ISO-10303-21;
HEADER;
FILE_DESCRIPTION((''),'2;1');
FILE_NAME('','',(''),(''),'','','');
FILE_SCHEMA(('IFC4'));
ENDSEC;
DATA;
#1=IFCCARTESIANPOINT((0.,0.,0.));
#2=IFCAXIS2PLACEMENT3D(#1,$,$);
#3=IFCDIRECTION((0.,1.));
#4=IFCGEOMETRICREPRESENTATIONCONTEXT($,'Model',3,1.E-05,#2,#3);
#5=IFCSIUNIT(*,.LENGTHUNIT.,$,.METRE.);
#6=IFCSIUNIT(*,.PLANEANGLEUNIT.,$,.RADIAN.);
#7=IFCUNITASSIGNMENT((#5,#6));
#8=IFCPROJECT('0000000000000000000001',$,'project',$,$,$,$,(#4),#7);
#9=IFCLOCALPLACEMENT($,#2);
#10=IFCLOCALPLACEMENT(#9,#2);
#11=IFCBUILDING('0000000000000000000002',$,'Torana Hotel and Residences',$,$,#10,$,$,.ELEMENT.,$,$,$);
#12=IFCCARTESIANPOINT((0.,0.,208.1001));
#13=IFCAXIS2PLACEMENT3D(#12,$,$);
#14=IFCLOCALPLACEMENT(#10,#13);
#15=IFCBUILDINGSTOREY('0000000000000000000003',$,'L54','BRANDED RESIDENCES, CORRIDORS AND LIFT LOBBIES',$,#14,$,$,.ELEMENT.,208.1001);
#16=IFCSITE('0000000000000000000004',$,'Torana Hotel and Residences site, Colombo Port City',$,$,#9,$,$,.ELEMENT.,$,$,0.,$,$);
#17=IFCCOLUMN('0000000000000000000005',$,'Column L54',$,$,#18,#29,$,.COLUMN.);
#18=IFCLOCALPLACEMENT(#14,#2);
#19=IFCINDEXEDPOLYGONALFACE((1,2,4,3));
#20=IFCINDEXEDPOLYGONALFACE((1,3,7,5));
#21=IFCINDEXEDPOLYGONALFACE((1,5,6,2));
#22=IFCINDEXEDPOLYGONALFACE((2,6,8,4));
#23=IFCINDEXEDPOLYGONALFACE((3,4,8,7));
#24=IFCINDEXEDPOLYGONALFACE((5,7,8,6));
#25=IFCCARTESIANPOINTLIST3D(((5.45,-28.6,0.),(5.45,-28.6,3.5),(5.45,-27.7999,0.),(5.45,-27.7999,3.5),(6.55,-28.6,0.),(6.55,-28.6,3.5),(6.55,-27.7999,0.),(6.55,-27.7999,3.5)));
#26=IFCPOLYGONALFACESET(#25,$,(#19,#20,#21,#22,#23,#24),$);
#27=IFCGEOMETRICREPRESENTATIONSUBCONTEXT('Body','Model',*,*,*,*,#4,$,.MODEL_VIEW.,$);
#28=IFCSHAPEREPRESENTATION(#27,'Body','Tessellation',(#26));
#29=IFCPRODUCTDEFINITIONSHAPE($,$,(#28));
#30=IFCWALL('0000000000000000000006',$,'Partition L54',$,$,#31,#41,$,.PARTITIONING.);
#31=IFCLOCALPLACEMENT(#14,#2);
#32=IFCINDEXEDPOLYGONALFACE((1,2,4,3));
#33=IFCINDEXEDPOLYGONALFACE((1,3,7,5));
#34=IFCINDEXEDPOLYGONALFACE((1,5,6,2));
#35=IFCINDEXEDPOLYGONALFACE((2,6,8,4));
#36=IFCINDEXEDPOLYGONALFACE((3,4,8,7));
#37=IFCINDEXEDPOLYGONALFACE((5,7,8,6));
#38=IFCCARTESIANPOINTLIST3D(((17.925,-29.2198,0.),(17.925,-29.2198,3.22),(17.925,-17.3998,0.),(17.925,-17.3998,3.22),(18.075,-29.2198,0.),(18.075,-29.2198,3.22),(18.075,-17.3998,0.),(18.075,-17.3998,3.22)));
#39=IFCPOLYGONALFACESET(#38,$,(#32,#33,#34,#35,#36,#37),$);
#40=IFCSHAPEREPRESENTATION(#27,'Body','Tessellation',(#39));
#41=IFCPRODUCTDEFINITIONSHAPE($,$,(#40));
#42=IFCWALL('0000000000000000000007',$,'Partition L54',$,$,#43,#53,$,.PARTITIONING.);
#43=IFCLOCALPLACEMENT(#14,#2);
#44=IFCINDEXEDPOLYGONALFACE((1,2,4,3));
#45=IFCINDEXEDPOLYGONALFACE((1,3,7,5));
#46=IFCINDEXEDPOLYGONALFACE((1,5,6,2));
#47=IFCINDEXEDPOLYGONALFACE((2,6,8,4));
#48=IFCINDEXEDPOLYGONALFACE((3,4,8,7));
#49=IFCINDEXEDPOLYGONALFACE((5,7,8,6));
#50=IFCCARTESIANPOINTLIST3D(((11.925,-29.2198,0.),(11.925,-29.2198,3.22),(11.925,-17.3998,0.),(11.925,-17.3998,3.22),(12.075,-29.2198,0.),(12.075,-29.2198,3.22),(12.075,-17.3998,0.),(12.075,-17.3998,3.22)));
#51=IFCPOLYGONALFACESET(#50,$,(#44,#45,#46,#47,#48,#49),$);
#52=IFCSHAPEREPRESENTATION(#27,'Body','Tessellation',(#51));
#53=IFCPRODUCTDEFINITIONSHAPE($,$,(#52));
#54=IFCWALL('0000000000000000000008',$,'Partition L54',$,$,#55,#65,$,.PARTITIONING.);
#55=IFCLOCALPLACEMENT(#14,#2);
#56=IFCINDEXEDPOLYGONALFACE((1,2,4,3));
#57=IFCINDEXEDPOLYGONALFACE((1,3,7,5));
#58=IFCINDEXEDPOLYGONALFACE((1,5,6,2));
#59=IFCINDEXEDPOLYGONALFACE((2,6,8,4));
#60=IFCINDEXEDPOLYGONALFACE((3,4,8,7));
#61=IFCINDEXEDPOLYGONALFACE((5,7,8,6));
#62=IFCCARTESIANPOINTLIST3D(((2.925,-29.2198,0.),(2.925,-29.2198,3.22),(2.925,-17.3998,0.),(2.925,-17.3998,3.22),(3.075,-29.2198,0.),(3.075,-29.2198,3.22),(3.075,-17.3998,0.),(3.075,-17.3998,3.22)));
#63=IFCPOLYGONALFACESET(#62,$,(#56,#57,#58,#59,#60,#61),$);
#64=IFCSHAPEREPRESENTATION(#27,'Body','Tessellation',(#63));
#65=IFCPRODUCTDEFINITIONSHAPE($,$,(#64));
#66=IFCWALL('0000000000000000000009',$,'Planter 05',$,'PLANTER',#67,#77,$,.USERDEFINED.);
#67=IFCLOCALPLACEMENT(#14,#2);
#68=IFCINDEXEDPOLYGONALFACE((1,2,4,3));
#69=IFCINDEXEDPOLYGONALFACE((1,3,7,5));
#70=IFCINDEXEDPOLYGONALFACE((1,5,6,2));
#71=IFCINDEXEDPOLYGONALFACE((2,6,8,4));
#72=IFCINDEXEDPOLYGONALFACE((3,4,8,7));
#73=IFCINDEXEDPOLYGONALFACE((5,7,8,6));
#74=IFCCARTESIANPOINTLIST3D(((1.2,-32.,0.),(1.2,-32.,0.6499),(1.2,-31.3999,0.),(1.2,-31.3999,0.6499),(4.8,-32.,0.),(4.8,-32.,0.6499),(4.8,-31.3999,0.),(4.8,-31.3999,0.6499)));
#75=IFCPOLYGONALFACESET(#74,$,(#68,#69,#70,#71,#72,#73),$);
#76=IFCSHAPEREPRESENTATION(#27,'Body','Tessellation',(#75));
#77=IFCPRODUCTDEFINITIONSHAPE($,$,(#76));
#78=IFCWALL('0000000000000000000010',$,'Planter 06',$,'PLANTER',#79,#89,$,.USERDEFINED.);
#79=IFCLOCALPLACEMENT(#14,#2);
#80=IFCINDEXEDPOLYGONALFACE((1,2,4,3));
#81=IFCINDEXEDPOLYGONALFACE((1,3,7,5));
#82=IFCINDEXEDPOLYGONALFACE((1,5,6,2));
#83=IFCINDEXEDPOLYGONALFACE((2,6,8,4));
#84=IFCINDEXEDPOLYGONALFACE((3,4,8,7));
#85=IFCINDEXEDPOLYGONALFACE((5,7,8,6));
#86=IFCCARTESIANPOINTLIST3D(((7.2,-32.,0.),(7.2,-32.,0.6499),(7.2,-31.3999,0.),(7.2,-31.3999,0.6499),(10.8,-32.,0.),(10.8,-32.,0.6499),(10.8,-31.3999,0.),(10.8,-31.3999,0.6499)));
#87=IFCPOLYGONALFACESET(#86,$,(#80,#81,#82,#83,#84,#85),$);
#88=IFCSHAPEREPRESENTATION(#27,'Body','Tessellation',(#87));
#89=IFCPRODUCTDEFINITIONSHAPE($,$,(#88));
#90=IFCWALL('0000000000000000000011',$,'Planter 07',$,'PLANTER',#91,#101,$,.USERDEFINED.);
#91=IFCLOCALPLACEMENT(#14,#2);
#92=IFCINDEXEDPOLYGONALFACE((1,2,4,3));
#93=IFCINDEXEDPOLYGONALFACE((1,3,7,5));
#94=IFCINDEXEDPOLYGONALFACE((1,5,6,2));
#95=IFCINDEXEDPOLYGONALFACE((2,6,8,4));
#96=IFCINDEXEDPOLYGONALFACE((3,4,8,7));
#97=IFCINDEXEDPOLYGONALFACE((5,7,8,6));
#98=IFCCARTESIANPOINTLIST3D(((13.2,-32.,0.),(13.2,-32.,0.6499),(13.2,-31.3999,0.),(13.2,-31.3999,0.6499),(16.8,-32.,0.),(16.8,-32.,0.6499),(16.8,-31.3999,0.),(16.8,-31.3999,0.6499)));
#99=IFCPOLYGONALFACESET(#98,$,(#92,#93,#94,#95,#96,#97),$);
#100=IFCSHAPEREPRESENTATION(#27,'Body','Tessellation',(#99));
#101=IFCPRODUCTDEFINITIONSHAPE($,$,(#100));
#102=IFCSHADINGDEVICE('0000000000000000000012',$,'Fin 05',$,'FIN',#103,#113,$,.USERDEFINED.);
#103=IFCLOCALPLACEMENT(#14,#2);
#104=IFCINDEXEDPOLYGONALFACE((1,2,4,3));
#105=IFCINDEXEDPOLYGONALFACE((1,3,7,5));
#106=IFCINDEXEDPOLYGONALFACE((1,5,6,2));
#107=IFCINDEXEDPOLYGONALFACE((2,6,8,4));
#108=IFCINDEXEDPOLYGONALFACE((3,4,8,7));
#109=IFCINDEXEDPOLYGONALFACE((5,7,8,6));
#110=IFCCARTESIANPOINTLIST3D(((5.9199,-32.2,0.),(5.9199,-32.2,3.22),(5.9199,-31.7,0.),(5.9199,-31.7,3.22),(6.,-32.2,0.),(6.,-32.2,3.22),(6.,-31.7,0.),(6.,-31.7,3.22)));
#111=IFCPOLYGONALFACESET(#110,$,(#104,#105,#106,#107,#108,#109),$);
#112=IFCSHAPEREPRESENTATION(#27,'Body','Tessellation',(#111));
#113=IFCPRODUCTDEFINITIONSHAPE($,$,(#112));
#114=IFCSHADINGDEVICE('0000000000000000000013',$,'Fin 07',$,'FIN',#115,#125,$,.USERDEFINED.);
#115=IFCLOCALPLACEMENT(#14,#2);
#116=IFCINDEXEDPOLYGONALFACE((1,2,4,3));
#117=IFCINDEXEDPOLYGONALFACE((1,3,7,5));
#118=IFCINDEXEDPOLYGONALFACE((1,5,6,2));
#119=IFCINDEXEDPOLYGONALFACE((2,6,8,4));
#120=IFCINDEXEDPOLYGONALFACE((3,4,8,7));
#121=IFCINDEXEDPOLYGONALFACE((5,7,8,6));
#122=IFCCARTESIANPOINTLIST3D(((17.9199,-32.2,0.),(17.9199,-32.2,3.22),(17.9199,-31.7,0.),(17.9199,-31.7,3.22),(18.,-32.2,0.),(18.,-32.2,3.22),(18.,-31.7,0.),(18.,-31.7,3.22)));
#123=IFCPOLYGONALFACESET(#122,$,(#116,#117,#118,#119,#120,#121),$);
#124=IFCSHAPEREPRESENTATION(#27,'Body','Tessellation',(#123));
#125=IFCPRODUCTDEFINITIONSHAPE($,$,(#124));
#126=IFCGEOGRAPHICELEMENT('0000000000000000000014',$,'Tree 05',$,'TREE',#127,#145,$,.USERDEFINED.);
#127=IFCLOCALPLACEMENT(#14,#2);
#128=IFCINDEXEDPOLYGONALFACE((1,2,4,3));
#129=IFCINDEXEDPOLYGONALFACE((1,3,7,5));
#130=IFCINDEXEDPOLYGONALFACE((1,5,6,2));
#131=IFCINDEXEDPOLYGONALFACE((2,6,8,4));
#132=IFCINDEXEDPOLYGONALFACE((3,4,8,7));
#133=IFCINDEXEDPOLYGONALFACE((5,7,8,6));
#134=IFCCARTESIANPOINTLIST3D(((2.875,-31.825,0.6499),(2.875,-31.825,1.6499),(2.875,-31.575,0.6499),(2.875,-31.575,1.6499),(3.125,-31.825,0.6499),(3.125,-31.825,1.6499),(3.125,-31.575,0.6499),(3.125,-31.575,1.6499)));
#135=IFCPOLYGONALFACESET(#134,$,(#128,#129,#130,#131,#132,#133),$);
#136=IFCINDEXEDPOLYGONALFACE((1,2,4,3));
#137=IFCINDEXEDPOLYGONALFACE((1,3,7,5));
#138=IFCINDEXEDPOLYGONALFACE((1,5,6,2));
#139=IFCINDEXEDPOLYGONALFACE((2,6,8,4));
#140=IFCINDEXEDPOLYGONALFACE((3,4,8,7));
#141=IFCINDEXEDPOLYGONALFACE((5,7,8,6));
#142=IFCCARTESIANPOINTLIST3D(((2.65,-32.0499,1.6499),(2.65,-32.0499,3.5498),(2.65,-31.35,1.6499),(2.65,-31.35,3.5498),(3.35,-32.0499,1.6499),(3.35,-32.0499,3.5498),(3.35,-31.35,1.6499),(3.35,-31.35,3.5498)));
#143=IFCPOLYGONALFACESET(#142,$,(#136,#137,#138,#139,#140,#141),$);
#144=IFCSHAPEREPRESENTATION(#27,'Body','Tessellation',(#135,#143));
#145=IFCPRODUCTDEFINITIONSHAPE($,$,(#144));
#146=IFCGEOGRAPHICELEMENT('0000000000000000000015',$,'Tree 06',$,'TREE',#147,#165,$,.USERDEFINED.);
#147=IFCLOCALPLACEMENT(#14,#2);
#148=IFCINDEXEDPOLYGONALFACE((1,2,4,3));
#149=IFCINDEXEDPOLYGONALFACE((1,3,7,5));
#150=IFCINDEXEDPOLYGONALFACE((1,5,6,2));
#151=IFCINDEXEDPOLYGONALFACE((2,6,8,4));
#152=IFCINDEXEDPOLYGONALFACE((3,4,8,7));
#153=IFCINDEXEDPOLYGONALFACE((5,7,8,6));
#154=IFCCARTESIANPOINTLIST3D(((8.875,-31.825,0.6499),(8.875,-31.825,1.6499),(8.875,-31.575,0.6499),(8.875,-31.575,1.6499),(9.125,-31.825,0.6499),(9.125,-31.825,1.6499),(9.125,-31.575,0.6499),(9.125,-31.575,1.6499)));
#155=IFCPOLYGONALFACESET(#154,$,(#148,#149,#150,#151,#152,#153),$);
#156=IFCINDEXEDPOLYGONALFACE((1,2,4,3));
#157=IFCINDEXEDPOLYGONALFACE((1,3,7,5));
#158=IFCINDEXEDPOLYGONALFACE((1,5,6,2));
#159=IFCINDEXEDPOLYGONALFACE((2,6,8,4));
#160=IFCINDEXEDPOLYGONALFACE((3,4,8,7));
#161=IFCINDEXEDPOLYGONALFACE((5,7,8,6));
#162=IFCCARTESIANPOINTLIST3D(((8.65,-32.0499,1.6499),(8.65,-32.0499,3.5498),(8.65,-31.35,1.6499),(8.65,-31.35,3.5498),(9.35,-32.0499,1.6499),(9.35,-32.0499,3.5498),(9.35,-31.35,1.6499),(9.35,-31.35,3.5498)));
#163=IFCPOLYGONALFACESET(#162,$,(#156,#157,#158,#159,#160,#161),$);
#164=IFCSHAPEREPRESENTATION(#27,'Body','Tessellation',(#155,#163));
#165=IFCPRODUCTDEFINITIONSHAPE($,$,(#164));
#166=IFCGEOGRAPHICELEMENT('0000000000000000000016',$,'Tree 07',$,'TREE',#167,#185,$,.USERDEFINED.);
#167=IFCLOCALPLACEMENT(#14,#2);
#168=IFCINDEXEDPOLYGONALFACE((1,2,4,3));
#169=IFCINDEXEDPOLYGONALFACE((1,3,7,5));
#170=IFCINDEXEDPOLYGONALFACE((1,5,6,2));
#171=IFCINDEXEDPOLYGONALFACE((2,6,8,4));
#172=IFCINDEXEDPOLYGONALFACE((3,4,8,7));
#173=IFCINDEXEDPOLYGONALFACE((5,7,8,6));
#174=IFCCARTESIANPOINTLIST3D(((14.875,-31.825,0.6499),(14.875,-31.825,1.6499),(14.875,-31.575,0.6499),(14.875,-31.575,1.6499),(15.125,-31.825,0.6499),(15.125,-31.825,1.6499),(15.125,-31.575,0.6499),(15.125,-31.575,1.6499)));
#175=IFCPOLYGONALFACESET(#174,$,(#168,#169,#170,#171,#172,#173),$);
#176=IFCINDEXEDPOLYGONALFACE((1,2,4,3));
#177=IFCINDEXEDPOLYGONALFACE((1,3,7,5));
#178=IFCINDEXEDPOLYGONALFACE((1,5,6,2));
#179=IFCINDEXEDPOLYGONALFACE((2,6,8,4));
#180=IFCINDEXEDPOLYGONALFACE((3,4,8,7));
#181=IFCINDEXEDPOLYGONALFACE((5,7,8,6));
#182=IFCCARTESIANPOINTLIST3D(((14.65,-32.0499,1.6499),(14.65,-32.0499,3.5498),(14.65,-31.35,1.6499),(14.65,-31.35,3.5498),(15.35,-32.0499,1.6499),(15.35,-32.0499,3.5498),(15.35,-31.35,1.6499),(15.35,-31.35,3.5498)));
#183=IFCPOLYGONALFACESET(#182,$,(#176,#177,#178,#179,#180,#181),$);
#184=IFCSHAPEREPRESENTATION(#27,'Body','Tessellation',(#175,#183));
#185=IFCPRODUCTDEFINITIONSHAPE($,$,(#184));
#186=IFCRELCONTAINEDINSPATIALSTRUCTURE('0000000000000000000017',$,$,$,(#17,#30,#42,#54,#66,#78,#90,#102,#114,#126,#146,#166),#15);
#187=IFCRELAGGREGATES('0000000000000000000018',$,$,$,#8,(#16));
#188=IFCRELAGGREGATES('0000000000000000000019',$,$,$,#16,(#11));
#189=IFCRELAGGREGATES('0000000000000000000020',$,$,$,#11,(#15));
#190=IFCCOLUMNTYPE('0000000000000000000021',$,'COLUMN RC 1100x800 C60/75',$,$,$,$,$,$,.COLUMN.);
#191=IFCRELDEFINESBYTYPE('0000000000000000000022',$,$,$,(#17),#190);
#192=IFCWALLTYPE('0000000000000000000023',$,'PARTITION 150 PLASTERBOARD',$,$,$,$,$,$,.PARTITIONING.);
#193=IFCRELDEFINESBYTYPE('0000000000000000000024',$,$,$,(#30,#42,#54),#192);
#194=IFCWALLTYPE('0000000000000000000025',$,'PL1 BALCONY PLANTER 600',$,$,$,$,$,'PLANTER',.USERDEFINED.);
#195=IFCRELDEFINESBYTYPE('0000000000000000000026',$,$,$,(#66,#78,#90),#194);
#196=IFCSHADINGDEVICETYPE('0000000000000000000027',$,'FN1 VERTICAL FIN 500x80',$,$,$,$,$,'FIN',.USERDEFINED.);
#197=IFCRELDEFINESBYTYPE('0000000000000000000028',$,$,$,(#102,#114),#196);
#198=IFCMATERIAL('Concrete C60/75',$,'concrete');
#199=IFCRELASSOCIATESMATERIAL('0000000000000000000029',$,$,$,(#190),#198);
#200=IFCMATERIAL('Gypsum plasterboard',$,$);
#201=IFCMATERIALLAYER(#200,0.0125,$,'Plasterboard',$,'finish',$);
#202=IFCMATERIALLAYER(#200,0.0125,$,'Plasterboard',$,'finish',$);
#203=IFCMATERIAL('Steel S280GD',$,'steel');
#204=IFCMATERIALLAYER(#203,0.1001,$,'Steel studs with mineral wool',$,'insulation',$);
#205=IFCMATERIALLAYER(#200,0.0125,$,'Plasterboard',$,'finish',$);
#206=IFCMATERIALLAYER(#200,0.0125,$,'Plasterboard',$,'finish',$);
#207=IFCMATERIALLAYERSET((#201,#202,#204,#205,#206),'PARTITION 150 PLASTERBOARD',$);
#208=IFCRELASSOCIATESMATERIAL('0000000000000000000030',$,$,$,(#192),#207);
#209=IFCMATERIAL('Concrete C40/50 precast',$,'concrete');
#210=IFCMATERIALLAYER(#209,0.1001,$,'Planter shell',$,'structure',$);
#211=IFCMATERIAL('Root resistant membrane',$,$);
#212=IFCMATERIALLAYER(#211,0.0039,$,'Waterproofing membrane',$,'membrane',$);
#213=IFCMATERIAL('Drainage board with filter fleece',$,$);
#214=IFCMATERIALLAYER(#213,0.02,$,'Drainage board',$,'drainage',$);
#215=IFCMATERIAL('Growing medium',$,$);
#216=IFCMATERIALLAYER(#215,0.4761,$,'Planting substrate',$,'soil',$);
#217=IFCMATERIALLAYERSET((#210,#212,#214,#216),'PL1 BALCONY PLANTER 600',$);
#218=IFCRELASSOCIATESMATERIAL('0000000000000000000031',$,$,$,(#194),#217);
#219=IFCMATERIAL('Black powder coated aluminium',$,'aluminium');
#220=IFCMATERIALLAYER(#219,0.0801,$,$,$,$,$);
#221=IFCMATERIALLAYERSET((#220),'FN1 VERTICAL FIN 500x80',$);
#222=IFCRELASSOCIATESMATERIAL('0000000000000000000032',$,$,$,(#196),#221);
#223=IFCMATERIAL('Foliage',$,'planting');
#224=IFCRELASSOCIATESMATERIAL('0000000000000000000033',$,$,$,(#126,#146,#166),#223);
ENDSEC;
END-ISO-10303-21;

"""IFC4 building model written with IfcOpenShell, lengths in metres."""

from ifc_helpers import new_model, si_unit, direction, frame, frame_2d, origin, origin_2d, place, context, subcontext, project, spatial, rectangle, extrude, material, layer, layer_set, material_profile, profile_set, type_object, element, save


model = new_model("IFC4")

# Units and contexts
model_context = context("Model", 3, precision=1e-05, world=origin(), true_north=direction((0.0, 1.0)))
body_context = subcontext(model_context, "Body", "Model", "MODEL_VIEW")
ifc_project = project(units=[si_unit("LENGTHUNIT", "METRE"), si_unit("PLANEANGLEUNIT", "RADIAN")], contexts=[model_context])

# Site, building, storey
site_placement = place(None, origin())
site = spatial("IfcSite", under=ifc_project, at=site_placement, Name="Torana Hotel and Residences site, Colombo Port City", CompositionType="ELEMENT", RefElevation=0.0)
building_placement = place(site_placement, origin())
building = spatial("IfcBuilding", under=site, at=building_placement, Name="Torana Hotel and Residences", CompositionType="ELEMENT")
storey_placement = place(building_placement, frame((0.0, 0.0, 208.1001)))
storey = spatial("IfcBuildingStorey", under=building, at=storey_placement, Name="L54", Description="BRANDED RESIDENCES, CORRIDORS AND LIFT LOBBIES", CompositionType="ELEMENT", Elevation=208.1001)

# Column
ifc_material_1 = material(Name="Concrete C60/75", Category="concrete")
ifc_material_profile = material_profile(ifc_material_1, rectangle(XDim=1.1001, YDim=0.8, at=origin_2d()), Name="RC 1100x800")
ifc_profile_set = profile_set([ifc_material_profile], Name="Concrete C60/75")
column_type = type_object("IfcColumnType", Name="COLUMN RC 1100x800 C60/75", PredefinedType="COLUMN", material=ifc_profile_set)
column_placement = place(storey_placement, frame((6.0, -28.2, 0.0), z_axis=(0.0, 0.0, 1.0), x_axis=(1.0, 0.0, 0.0)))
element("IfcColumn", 1, at=column_placement, inside=storey, type_object=column_type, Name="Column L54", PredefinedType="COLUMN", context=body_context, shape_type="SweptSolid", body=[
    extrude(rectangle(XDim=1.1001, YDim=0.8, at=origin_2d()), origin(), (0.0, 0.0, 1.0), 3.5),
])

# Walls
ifc_material_2 = material(Name="Gypsum plasterboard")
ifc_layer_1 = layer(ifc_material_2, 0.0125, Name="Plasterboard", Category="finish")
ifc_layer_2 = layer(ifc_material_2, 0.0125, Name="Plasterboard", Category="finish")
ifc_material_3 = material(Name="Steel S280GD", Category="steel")
ifc_layer_3 = layer(ifc_material_3, 0.1001, Name="Steel studs with mineral wool", Category="insulation")
ifc_layer_4 = layer(ifc_material_2, 0.0125, Name="Plasterboard", Category="finish")
ifc_layer_5 = layer(ifc_material_2, 0.0125, Name="Plasterboard", Category="finish")
ifc_layer_set_1 = layer_set([ifc_layer_1, ifc_layer_2, ifc_layer_3, ifc_layer_4, ifc_layer_5], Name="PARTITION 150 PLASTERBOARD")
wall_type_1 = type_object("IfcWallType", Name="PARTITION 150 PLASTERBOARD", PredefinedType="PARTITIONING", material=ifc_layer_set_1)
for number, where, z_axis, x_axis, name in (
    (2, (18.0, -29.22, 0.0), (0.0, 0.0, 1.0), (0.0, 1.0, 0.0), "Partition L54"),
    (3, (12.0, -29.22, 0.0), (0.0, 0.0, 1.0), (0.0, 1.0, 0.0), "Partition L54"),
    (4, (3.0, -29.22, 0.0), (0.0, 0.0, 1.0), (0.0, 1.0, 0.0), "Partition L54"),
):
    element("IfcWall", number, at=place(storey_placement, frame(where, z_axis=z_axis, x_axis=x_axis)), inside=storey, type_object=wall_type_1, Name=name, PredefinedType="PARTITIONING", context=body_context, shape_type="SweptSolid", body=[
        extrude(rectangle(XDim=11.8201, YDim=0.1499, at=frame_2d((5.9102, 0.0))), origin(), (0.0, 0.0, 1.0), 3.22),
    ])
ifc_material_4 = material(Name="Concrete C40/50 precast", Category="concrete")
ifc_layer_6 = layer(ifc_material_4, 0.1001, Name="Planter shell", Category="structure")
ifc_material_5 = material(Name="Root resistant membrane")
ifc_layer_7 = layer(ifc_material_5, 0.0039, Name="Waterproofing membrane", Category="membrane")
ifc_material_6 = material(Name="Drainage board with filter fleece")
ifc_layer_8 = layer(ifc_material_6, 0.02, Name="Drainage board", Category="drainage")
ifc_material_7 = material(Name="Growing medium")
ifc_layer_9 = layer(ifc_material_7, 0.4761, Name="Planting substrate", Category="soil")
ifc_layer_set_2 = layer_set([ifc_layer_6, ifc_layer_7, ifc_layer_8, ifc_layer_9], Name="PL1 BALCONY PLANTER 600")
wall_type_2 = type_object("IfcWallType", Name="PL1 BALCONY PLANTER 600", ElementType="PLANTER", PredefinedType="USERDEFINED", material=ifc_layer_set_2)
for number, where, z_axis, x_axis, name in (
    (5, (4.8, -31.7, 0.0), (0.0, 0.0, 1.0), (-1.0, 0.0, 0.0), "Planter 05"),
    (6, (10.8, -31.7, 0.0), (0.0, 0.0, 1.0), (-1.0, 0.0, 0.0), "Planter 06"),
    (7, (16.8, -31.7, 0.0), (0.0, 0.0, 1.0), (-1.0, 0.0, 0.0), "Planter 07"),
):
    element("IfcWall", number, at=place(storey_placement, frame(where, z_axis=z_axis, x_axis=x_axis)), inside=storey, type_object=wall_type_2, Name=name, ObjectType="PLANTER", PredefinedType="USERDEFINED", context=body_context, shape_type="SweptSolid", body=[
        extrude(rectangle(XDim=3.6001, YDim=0.6001, at=frame_2d((1.8, 0.0))), origin(), (0.0, 0.0, 1.0), 0.6499),
    ])

# Shading devices
ifc_material_8 = material(Name="Black powder coated aluminium", Category="aluminium")
ifc_layer_10 = layer(ifc_material_8, 0.0801)
ifc_layer_set_3 = layer_set([ifc_layer_10], Name="FN1 VERTICAL FIN 500x80")
shading_device_type = type_object("IfcShadingDeviceType", Name="FN1 VERTICAL FIN 500x80", ElementType="FIN", PredefinedType="USERDEFINED", material=ifc_layer_set_3)
for number, where, z_axis, x_axis, name in (
    (8, (5.96, -31.95, 0.0), (0.0, 0.0, 1.0), (-1.0, 0.0, 0.0), "Fin 05"),
    (9, (17.96, -31.95, 0.0), (0.0, 0.0, 1.0), (-1.0, 0.0, 0.0), "Fin 07"),
):
    element("IfcShadingDevice", number, at=place(storey_placement, frame(where, z_axis=z_axis, x_axis=x_axis)), inside=storey, type_object=shading_device_type, Name=name, ObjectType="FIN", PredefinedType="USERDEFINED", context=body_context, shape_type="SweptSolid", body=[
        extrude(rectangle(XDim=0.0801, YDim=0.5, at=origin_2d()), origin(), (0.0, 0.0, 1.0), 3.22),
    ])

# Geographic elements
ifc_material_9 = material(Name="Foliage", Category="planting")
for number, where, z_axis, x_axis, name in (
    (10, (3.0, -31.7, 0.6499), (0.0, 0.0, 1.0), (1.0, 0.0, 0.0), "Tree 05"),
    (11, (9.0, -31.7, 0.6499), (0.0, 0.0, 1.0), (1.0, 0.0, 0.0), "Tree 06"),
    (12, (15.0, -31.7, 0.6499), (0.0, 0.0, 1.0), (1.0, 0.0, 0.0), "Tree 07"),
):
    element("IfcGeographicElement", number, at=place(storey_placement, frame(where, z_axis=z_axis, x_axis=x_axis)), inside=storey, material=ifc_material_9, Name=name, ObjectType="TREE", PredefinedType="USERDEFINED", context=body_context, shape_type="SweptSolid", body=[
        extrude(rectangle(XDim=0.25, YDim=0.25, at=origin_2d()), origin(), (0.0, 0.0, 1.0), 1.0),
        extrude(rectangle(XDim=0.7, YDim=0.7, at=origin_2d()), frame((0.0, 0.0, 1.0)), (0.0, 0.0, 1.0), 1.8999),
    ])

save(model, "model.ifc")
